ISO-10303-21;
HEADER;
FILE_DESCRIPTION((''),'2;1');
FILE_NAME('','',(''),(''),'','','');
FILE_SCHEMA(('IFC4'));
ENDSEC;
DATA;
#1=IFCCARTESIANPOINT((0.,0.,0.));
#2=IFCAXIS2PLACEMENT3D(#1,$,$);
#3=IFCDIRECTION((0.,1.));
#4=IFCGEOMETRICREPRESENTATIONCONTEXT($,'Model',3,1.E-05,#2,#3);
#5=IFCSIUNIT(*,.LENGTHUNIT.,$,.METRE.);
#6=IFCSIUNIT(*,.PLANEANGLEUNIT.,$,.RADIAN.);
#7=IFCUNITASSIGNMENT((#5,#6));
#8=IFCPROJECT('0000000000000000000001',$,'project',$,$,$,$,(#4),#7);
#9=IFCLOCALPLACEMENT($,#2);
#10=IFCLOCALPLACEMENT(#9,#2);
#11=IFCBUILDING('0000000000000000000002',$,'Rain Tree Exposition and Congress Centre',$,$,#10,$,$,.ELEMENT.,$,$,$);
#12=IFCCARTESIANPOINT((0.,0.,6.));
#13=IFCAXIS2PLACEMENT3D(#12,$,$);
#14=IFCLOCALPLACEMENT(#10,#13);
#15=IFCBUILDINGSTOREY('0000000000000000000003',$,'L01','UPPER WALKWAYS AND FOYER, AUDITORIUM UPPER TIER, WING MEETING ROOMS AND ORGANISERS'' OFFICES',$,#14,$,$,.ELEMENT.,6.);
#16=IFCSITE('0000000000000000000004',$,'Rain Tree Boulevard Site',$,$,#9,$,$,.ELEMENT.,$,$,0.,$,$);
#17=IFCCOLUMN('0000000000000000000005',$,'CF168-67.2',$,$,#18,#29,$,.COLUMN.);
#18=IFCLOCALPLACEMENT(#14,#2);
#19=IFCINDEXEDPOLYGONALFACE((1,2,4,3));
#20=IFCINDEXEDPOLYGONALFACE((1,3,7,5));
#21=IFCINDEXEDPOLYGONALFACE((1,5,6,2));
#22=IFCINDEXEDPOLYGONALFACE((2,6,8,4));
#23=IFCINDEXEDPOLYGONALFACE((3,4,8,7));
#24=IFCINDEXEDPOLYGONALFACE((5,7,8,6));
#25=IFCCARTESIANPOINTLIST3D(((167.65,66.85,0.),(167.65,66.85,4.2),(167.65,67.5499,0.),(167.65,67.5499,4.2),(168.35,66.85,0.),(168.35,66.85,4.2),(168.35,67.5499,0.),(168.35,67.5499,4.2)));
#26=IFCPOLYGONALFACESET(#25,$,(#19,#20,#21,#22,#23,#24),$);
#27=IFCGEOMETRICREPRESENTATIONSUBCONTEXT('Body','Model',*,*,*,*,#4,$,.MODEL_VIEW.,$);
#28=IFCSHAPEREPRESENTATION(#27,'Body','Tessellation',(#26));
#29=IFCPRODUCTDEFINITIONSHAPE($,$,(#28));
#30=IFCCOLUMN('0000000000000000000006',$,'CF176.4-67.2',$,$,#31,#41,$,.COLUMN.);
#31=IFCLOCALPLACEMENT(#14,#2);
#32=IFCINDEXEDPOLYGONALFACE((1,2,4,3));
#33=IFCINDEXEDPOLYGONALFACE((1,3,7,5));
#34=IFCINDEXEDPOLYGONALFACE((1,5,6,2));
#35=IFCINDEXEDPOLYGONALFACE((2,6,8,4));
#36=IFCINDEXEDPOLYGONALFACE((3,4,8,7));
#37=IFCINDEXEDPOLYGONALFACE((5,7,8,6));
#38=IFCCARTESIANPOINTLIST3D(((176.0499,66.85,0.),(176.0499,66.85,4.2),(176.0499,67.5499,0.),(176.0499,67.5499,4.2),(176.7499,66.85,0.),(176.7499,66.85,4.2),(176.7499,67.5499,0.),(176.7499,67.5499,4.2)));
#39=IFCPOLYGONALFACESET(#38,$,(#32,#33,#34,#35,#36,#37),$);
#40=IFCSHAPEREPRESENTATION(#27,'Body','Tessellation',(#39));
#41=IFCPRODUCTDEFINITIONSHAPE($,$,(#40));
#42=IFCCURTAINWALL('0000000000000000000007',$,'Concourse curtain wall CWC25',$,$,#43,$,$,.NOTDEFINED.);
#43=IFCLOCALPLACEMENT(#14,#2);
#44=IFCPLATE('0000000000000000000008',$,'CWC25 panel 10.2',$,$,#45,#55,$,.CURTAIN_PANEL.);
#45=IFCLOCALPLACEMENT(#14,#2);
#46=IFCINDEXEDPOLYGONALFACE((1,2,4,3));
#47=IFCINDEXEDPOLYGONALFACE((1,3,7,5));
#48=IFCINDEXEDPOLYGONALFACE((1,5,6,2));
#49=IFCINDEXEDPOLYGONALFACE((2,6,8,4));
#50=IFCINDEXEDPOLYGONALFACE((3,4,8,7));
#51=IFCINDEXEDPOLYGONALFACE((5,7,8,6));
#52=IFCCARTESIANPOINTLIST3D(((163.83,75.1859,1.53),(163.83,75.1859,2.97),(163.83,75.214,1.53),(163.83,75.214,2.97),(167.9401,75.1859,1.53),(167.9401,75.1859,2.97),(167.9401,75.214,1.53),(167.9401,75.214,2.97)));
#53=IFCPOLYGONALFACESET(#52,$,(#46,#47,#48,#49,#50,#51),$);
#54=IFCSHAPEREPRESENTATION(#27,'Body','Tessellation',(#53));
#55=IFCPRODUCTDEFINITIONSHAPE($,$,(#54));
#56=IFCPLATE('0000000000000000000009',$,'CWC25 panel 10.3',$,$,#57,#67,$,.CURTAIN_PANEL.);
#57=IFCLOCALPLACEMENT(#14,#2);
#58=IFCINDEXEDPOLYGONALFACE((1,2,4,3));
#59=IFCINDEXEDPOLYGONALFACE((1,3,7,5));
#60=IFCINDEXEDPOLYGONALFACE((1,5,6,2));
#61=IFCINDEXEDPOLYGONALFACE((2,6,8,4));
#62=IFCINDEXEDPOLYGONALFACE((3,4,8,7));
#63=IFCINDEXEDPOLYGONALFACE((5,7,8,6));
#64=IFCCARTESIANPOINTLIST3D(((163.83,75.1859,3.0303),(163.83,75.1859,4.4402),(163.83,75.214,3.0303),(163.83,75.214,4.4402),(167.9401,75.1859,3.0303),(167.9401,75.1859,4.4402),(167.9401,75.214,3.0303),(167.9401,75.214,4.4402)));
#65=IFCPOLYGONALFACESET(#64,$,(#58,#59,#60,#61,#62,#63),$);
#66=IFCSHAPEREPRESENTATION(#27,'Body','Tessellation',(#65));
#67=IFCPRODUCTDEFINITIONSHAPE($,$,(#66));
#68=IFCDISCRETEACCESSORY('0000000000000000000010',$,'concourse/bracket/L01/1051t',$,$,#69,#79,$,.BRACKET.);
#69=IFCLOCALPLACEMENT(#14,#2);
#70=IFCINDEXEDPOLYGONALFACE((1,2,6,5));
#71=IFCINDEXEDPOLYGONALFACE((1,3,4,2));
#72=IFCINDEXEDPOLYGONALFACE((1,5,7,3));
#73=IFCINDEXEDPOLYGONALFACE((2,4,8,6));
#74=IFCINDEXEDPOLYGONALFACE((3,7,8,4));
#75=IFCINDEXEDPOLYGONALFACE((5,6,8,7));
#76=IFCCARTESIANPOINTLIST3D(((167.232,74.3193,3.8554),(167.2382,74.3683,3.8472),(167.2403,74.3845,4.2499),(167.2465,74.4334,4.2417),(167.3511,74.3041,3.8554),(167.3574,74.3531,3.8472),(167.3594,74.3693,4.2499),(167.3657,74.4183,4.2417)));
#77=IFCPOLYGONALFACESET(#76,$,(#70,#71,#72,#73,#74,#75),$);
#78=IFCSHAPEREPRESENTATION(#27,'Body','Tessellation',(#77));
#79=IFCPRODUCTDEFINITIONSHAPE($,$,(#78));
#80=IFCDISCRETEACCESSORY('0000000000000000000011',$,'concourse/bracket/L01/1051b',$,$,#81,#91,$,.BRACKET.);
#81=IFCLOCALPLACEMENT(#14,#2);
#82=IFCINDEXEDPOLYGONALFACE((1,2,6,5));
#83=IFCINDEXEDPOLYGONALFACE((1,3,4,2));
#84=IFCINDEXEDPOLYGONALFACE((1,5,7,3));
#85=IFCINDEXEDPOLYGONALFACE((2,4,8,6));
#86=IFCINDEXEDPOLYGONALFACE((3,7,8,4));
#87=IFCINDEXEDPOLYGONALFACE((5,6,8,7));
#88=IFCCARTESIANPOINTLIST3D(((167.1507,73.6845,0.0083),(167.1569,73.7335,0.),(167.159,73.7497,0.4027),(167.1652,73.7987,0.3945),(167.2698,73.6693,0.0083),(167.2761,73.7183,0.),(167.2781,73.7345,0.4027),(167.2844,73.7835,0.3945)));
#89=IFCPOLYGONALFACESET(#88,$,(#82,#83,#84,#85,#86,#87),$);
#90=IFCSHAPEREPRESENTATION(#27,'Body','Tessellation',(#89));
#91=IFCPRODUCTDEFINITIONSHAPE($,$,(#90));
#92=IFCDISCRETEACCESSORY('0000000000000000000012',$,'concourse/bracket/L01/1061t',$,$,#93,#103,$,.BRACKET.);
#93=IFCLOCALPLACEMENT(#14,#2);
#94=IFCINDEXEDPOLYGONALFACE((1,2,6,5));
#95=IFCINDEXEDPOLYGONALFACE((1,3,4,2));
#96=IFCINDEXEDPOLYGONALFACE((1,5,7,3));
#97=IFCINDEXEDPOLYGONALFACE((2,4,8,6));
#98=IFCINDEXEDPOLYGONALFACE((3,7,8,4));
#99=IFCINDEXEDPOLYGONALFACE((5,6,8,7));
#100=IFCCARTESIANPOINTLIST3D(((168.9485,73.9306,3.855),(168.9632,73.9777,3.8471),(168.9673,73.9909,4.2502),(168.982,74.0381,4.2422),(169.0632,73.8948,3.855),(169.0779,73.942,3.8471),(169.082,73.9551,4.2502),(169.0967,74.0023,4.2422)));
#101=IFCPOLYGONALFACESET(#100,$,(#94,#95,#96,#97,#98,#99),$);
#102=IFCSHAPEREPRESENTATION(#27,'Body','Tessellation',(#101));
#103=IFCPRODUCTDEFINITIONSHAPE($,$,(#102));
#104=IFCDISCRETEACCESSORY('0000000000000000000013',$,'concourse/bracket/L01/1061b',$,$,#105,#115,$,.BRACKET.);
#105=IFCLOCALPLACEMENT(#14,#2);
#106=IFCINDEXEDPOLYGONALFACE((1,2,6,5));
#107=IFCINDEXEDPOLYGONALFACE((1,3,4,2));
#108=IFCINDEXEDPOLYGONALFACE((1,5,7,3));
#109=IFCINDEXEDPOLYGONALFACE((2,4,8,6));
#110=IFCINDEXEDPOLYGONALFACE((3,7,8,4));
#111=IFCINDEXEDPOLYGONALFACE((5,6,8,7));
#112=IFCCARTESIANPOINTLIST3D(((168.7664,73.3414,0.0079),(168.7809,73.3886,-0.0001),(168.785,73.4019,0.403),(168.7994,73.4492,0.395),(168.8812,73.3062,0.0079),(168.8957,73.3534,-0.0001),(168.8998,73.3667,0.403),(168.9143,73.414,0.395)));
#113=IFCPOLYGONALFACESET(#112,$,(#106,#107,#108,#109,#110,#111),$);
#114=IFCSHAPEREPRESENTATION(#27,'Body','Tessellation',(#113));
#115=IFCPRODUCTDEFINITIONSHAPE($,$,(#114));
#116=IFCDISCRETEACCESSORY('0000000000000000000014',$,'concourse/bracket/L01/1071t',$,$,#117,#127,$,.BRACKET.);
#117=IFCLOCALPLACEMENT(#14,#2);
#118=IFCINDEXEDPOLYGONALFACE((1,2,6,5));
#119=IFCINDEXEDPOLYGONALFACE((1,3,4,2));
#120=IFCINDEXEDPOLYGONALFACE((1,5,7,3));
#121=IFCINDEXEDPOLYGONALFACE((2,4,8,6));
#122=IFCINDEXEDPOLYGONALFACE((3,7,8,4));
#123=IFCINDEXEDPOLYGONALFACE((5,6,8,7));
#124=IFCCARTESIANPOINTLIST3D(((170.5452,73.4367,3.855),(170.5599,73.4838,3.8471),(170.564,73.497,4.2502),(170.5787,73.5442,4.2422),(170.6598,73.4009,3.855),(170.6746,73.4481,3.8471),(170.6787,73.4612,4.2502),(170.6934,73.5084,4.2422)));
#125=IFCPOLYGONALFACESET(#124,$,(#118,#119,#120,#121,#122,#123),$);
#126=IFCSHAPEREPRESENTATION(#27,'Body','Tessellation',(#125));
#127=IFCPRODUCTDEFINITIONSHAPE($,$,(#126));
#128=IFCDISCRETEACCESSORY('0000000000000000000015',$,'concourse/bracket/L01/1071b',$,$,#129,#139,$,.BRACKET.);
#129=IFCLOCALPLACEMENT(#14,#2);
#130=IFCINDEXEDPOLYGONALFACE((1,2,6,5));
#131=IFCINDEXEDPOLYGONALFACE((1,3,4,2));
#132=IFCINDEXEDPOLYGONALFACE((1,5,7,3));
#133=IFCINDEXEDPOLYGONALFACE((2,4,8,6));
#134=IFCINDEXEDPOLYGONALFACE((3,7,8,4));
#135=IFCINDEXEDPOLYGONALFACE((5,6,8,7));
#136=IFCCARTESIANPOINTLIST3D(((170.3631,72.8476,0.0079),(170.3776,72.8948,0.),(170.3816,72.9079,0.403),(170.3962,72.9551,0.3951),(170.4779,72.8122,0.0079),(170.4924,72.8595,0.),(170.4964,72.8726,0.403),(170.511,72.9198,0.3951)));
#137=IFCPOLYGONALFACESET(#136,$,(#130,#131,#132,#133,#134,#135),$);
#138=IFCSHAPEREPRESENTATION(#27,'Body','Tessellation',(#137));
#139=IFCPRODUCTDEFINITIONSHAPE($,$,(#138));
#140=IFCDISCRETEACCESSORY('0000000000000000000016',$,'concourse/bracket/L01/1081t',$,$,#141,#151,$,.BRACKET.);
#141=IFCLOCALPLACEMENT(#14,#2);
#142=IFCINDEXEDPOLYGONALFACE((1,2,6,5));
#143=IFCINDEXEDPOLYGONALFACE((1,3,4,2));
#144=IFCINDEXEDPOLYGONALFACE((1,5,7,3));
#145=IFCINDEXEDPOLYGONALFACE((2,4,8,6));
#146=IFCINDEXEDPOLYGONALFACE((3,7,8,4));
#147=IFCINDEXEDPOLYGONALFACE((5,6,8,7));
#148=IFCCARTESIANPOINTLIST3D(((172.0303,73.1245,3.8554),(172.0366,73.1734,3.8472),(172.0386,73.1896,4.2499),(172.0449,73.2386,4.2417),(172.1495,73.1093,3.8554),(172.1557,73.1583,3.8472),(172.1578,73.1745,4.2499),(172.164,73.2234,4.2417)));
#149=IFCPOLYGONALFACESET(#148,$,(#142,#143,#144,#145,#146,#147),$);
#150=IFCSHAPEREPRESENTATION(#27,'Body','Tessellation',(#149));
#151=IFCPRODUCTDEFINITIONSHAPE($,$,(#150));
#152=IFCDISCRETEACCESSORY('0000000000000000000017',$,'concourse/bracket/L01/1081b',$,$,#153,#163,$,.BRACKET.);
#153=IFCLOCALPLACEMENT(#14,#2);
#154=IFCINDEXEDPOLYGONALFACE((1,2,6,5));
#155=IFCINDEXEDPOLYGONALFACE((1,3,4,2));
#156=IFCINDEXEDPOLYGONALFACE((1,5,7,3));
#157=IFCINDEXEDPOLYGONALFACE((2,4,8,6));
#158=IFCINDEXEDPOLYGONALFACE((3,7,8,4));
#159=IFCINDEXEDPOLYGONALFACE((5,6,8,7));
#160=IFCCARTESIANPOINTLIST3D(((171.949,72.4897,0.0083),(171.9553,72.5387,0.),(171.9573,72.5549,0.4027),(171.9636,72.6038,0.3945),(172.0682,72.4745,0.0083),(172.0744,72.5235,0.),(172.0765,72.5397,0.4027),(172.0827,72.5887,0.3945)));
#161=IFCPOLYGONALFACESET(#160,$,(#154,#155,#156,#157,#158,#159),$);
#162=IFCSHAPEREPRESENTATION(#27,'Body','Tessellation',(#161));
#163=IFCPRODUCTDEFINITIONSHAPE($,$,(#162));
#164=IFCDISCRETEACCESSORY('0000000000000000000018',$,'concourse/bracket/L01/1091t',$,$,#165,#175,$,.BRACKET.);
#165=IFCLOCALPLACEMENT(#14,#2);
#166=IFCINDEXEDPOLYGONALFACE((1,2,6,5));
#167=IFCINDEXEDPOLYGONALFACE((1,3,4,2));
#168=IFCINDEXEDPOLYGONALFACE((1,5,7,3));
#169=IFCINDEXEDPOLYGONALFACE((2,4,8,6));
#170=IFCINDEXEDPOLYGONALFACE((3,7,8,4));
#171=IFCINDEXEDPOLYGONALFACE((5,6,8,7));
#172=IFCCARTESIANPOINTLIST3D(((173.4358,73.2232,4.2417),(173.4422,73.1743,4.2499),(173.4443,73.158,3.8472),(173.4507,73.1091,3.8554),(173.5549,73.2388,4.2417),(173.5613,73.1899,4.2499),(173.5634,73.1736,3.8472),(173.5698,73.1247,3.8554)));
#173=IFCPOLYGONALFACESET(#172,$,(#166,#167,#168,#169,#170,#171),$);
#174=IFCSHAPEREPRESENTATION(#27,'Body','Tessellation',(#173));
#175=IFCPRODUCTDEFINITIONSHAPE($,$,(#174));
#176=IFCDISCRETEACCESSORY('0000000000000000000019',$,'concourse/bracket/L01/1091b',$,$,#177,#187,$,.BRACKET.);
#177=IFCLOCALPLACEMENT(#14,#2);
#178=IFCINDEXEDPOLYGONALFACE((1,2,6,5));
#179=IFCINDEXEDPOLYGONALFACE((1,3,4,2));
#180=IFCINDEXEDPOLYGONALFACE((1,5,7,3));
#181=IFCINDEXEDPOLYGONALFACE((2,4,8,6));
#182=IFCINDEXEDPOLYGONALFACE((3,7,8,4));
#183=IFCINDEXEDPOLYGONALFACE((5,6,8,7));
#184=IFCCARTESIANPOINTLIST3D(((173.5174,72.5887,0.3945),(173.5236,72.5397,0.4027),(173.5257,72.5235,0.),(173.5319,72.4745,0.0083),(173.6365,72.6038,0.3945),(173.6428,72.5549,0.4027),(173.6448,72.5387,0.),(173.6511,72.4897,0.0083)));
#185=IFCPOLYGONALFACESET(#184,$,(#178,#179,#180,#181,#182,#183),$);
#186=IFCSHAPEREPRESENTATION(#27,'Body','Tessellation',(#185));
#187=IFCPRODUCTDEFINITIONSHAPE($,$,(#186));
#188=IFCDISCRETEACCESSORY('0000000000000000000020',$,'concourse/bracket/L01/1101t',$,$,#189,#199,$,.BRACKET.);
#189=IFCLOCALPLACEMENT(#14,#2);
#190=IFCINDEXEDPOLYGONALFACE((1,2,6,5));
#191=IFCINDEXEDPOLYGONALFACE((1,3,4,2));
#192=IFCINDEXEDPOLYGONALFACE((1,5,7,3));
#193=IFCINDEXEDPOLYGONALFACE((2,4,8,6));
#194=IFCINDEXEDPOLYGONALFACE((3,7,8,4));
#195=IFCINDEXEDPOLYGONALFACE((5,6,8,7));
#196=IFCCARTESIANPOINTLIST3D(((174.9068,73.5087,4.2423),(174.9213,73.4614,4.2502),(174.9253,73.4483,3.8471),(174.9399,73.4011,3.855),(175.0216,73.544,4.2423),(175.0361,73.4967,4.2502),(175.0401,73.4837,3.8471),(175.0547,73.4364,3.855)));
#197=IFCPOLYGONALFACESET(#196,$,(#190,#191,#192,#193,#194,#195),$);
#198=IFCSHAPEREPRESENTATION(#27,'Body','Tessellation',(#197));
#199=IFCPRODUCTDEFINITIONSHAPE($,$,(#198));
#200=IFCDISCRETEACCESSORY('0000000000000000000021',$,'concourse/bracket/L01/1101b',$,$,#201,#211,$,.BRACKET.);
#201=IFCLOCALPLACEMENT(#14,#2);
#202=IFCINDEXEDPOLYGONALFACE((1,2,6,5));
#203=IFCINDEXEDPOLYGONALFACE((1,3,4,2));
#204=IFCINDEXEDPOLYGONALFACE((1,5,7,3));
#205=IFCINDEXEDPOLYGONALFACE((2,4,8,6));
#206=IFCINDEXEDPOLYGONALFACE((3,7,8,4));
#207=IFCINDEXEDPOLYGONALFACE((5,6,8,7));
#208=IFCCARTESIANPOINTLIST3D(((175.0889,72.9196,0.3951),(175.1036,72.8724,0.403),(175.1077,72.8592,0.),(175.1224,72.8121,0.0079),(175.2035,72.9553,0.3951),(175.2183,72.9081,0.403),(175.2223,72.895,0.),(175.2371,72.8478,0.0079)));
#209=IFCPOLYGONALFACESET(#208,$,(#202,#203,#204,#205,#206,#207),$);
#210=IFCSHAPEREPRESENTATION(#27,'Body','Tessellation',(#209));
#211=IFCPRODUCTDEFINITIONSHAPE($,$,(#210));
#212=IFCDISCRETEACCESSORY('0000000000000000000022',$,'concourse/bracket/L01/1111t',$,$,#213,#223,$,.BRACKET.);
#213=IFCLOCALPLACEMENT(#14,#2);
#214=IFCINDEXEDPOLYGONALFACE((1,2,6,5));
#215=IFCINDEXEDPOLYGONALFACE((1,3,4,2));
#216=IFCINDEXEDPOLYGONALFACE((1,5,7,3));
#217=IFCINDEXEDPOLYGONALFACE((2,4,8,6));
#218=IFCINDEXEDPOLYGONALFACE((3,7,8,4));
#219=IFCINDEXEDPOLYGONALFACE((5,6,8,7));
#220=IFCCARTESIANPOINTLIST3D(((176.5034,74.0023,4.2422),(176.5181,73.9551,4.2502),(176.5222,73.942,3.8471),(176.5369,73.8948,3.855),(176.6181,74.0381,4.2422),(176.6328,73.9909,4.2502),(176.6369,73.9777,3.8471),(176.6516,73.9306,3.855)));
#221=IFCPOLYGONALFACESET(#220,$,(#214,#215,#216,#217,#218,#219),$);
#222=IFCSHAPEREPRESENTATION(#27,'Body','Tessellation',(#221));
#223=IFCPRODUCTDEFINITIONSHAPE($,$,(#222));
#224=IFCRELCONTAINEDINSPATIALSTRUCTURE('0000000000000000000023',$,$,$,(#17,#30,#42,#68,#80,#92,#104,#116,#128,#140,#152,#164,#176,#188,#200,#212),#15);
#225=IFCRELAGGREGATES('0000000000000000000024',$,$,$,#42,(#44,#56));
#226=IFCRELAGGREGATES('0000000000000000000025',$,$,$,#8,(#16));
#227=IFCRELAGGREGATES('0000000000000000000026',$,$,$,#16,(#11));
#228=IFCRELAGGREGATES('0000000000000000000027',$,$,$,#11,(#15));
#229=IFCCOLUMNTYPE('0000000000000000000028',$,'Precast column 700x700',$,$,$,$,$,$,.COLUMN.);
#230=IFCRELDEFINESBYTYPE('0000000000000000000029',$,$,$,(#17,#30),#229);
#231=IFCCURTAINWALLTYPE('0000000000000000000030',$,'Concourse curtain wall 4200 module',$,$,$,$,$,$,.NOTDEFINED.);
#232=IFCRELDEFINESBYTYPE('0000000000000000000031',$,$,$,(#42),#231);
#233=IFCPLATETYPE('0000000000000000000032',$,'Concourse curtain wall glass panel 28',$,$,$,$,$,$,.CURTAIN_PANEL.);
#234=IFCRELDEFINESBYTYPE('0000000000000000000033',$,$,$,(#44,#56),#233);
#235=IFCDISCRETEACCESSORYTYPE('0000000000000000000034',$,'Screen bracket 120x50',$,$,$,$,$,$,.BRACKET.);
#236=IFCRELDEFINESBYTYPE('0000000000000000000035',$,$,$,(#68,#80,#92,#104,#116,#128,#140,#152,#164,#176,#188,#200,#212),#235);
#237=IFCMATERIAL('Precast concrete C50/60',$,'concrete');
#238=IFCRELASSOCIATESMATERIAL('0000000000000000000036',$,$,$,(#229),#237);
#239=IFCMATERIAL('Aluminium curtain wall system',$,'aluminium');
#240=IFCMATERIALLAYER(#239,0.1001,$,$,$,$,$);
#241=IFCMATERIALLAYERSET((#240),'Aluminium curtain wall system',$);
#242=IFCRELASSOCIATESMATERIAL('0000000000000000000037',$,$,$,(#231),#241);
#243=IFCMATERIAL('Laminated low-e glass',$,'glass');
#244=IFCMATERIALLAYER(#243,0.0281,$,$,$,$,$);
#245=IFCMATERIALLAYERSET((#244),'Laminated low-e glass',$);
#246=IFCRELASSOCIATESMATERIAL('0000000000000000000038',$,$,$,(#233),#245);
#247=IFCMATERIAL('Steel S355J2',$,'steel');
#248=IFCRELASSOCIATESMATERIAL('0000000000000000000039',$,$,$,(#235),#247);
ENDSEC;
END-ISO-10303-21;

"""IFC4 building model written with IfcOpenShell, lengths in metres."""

from ifc_helpers import new_model, si_unit, direction, frame, origin, origin_2d, place, context, subcontext, project, spatial, rectangle, extrude, material, layer, layer_set, material_profile, profile_set, type_object, element, aggregate, save


model = new_model("IFC4")

# Units and contexts
model_context = context("Model", 3, precision=1e-05, world=origin(), true_north=direction((0.0, 1.0)))
body_context = subcontext(model_context, "Body", "Model", "MODEL_VIEW")
ifc_project = project(units=[si_unit("LENGTHUNIT", "METRE"), si_unit("PLANEANGLEUNIT", "RADIAN")], contexts=[model_context])

# Site, building, storey
site_placement = place(None, origin())
site = spatial("IfcSite", under=ifc_project, at=site_placement, Name="Rain Tree Boulevard Site", CompositionType="ELEMENT", RefElevation=0.0)
building_placement = place(site_placement, origin())
building = spatial("IfcBuilding", under=site, at=building_placement, Name="Rain Tree Exposition and Congress Centre", CompositionType="ELEMENT")
storey_placement = place(building_placement, frame((0.0, 0.0, 6.0)))
storey = spatial("IfcBuildingStorey", under=building, at=storey_placement, Name="L01", Description="UPPER WALKWAYS AND FOYER, AUDITORIUM UPPER TIER, WING MEETING ROOMS AND ORGANISERS' OFFICES", CompositionType="ELEMENT", Elevation=6.0)

# Columns
ifc_material_1 = material(Name="Precast concrete C50/60", Category="concrete")
ifc_material_profile_1 = material_profile(ifc_material_1, rectangle(XDim=0.7, YDim=0.7, at=origin_2d()), Name="RC 700x700")
ifc_profile_set_1 = profile_set([ifc_material_profile_1], Name="Precast concrete C50/60")
column_type = type_object("IfcColumnType", Name="Precast column 700x700", PredefinedType="COLUMN", material=ifc_profile_set_1)
for number, where, z_axis, x_axis, name in (
    (1, (168.0, 67.2, 0.0), (0.0, 0.0, 1.0), (1.0, 0.0, 0.0), "CF168-67.2"),
    (2, (176.3999, 67.2, 0.0), (0.0, 0.0, 1.0), (1.0, 0.0, 0.0), "CF176.4-67.2"),
):
    element("IfcColumn", number, at=place(storey_placement, frame(where, z_axis=z_axis, x_axis=x_axis)), inside=storey, type_object=column_type, Name=name, PredefinedType="COLUMN", context=body_context, shape_type="SweptSolid", body=[
        extrude(rectangle(XDim=0.7, YDim=0.7, at=origin_2d()), origin(), (0.0, 0.0, 1.0), 4.2),
    ])

# Curtain wall, plates
ifc_material_2 = material(Name="Aluminium curtain wall system", Category="aluminium")
ifc_layer_1 = layer(ifc_material_2, 0.1001)
ifc_layer_set_1 = layer_set([ifc_layer_1], Name="Aluminium curtain wall system")
curtain_wall_type = type_object("IfcCurtainWallType", Name="Concourse curtain wall 4200 module", PredefinedType="NOTDEFINED", material=ifc_layer_set_1)
curtain_wall_placement = place(storey_placement, origin())
curtain_wall = element("IfcCurtainWall", 3, at=curtain_wall_placement, inside=storey, type_object=curtain_wall_type, Name="Concourse curtain wall CWC25", PredefinedType="NOTDEFINED")
ifc_material_3 = material(Name="Laminated low-e glass", Category="glass")
ifc_layer_2 = layer(ifc_material_3, 0.0281)
ifc_layer_set_2 = layer_set([ifc_layer_2], Name="Laminated low-e glass")
plate_type = type_object("IfcPlateType", Name="Concourse curtain wall glass panel 28", PredefinedType="CURTAIN_PANEL", material=ifc_layer_set_2)
plate_1_placement = place(storey_placement, frame((165.885, 75.2, 1.53), z_axis=(0.0, 0.0, 1.0), x_axis=(1.0, 0.0, 0.0)))
plate_1 = element("IfcPlate", 4, at=plate_1_placement, type_object=plate_type, Name="CWC25 panel 10.2", PredefinedType="CURTAIN_PANEL", context=body_context, shape_type="SweptSolid", body=[
    extrude(rectangle(XDim=4.1101, YDim=0.0281, at=origin_2d()), origin(), (0.0, 0.0, 1.0), 1.4399),
])
plate_2_placement = place(storey_placement, frame((165.885, 75.2, 3.0303), z_axis=(0.0, 0.0, 1.0), x_axis=(1.0, 0.0, 0.0)))
plate_2 = element("IfcPlate", 5, at=plate_2_placement, type_object=plate_type, Name="CWC25 panel 10.3", PredefinedType="CURTAIN_PANEL", context=body_context, shape_type="SweptSolid", body=[
    extrude(rectangle(XDim=4.1101, YDim=0.0281, at=origin_2d()), origin(), (0.0, 0.0, 1.0), 1.4099),
])
aggregate(curtain_wall, [plate_1, plate_2])

# Discrete accessories
ifc_material_4 = material(Name="Steel S355J2", Category="steel")
ifc_material_profile_2 = material_profile(ifc_material_4, rectangle(XDim=0.1201, YDim=0.05, at=origin_2d()), Name="Flat bar 120x50")
ifc_profile_set_2 = profile_set([ifc_material_profile_2], Name="Steel S355J2")
discrete_accessory_type = type_object("IfcDiscreteAccessoryType", Name="Screen bracket 120x50", PredefinedType="BRACKET", material=ifc_profile_set_2)
for number, where, z_axis, x_axis, name in (
    (6, (167.2947, 74.3362, 3.8513), (0.020754, 0.162978, 0.986411), (-0.991989, 0.126321, 0.0), "concourse/bracket/L01/1051t"),
    (7, (167.2134, 73.7014, 0.0042), (0.020754, 0.162978, 0.986411), (-0.991989, 0.126321, 0.0), "concourse/bracket/L01/1051b"),
):
    element("IfcDiscreteAccessory", number, at=place(storey_placement, frame(where, z_axis=z_axis, x_axis=x_axis)), inside=storey, type_object=discrete_accessory_type, Name=name, PredefinedType="BRACKET", context=body_context, shape_type="SweptSolid", body=[
        extrude(rectangle(XDim=0.1201, YDim=0.05, at=origin_2d()), origin(), (0.0, 0.0, 1.0), 0.3999),
    ])
for number, where, z_axis, x_axis, name in (
    (8, (169.0132, 73.9363, 3.8511), (0.046993, 0.150743, 0.987456), (-0.954686, 0.297615, 0.0), "concourse/bracket/L01/1061t"),
    (9, (168.8311, 73.3474, 0.0039), (0.046379, 0.151343, 0.987393), (-0.956112, 0.293002, 0.0), "concourse/bracket/L01/1061b"),
    (10, (170.6099, 73.4424, 3.8511), (0.046993, 0.150743, 0.987456), (-0.954686, 0.297615, 0.0), "concourse/bracket/L01/1071t"),
    (11, (170.4277, 72.8535, 0.0039), (0.046384, 0.150747, 0.987484), (-0.955779, 0.294086, 0.0), "concourse/bracket/L01/1071b"),
):
    element("IfcDiscreteAccessory", number, at=place(storey_placement, frame(where, z_axis=z_axis, x_axis=x_axis)), inside=storey, type_object=discrete_accessory_type, Name=name, PredefinedType="BRACKET", context=body_context, shape_type="SweptSolid", body=[
        extrude(rectangle(XDim=0.1201, YDim=0.05, at=origin_2d()), origin(), (0.0, 0.0, 1.0), 0.4001),
    ])
for number, where, z_axis, x_axis, name in (
    (12, (172.093, 73.1414, 3.8513), (0.020754, 0.162978, 0.986411), (-0.991989, 0.126321, 0.0), "concourse/bracket/L01/1081t"),
    (13, (172.0117, 72.5066, 0.0042), (0.020754, 0.162978, 0.986411), (-0.991989, 0.126321, 0.0), "concourse/bracket/L01/1081b"),
    (14, (173.5071, 73.1414, 3.8513), (-0.021364, 0.162976, 0.986399), (-0.991517, -0.129974, 0.0), "concourse/bracket/L01/1091t"),
    (15, (173.5884, 72.5066, 0.0042), (-0.020754, 0.162978, 0.986411), (-0.991989, -0.126321, 0.0), "concourse/bracket/L01/1091b"),
):
    element("IfcDiscreteAccessory", number, at=place(storey_placement, frame(where, z_axis=z_axis, x_axis=x_axis)), inside=storey, type_object=discrete_accessory_type, Name=name, PredefinedType="BRACKET", context=body_context, shape_type="SweptSolid", body=[
        extrude(rectangle(XDim=0.1201, YDim=0.05, at=origin_2d()), origin(), (0.0, 0.0, 1.0), 0.3999),
    ])
for number, where, z_axis, x_axis, name in (
    (16, (174.99, 73.4424, 3.8511), (-0.046384, 0.150747, 0.987484), (-0.955779, -0.294086, 0.0), "concourse/bracket/L01/1101t"),
    (17, (175.1724, 72.8535, 0.0039), (-0.046993, 0.150743, 0.987456), (-0.954686, -0.297615, 0.0), "concourse/bracket/L01/1101b"),
    (18, (176.5869, 73.9363, 3.8511), (-0.046993, 0.150743, 0.987456), (-0.954686, -0.297615, 0.0), "concourse/bracket/L01/1111t"),
):
    element("IfcDiscreteAccessory", number, at=place(storey_placement, frame(where, z_axis=z_axis, x_axis=x_axis)), inside=storey, type_object=discrete_accessory_type, Name=name, PredefinedType="BRACKET", context=body_context, shape_type="SweptSolid", body=[
        extrude(rectangle(XDim=0.1201, YDim=0.05, at=origin_2d()), origin(), (0.0, 0.0, 1.0), 0.4001),
    ])

save(model, "model.ifc")
